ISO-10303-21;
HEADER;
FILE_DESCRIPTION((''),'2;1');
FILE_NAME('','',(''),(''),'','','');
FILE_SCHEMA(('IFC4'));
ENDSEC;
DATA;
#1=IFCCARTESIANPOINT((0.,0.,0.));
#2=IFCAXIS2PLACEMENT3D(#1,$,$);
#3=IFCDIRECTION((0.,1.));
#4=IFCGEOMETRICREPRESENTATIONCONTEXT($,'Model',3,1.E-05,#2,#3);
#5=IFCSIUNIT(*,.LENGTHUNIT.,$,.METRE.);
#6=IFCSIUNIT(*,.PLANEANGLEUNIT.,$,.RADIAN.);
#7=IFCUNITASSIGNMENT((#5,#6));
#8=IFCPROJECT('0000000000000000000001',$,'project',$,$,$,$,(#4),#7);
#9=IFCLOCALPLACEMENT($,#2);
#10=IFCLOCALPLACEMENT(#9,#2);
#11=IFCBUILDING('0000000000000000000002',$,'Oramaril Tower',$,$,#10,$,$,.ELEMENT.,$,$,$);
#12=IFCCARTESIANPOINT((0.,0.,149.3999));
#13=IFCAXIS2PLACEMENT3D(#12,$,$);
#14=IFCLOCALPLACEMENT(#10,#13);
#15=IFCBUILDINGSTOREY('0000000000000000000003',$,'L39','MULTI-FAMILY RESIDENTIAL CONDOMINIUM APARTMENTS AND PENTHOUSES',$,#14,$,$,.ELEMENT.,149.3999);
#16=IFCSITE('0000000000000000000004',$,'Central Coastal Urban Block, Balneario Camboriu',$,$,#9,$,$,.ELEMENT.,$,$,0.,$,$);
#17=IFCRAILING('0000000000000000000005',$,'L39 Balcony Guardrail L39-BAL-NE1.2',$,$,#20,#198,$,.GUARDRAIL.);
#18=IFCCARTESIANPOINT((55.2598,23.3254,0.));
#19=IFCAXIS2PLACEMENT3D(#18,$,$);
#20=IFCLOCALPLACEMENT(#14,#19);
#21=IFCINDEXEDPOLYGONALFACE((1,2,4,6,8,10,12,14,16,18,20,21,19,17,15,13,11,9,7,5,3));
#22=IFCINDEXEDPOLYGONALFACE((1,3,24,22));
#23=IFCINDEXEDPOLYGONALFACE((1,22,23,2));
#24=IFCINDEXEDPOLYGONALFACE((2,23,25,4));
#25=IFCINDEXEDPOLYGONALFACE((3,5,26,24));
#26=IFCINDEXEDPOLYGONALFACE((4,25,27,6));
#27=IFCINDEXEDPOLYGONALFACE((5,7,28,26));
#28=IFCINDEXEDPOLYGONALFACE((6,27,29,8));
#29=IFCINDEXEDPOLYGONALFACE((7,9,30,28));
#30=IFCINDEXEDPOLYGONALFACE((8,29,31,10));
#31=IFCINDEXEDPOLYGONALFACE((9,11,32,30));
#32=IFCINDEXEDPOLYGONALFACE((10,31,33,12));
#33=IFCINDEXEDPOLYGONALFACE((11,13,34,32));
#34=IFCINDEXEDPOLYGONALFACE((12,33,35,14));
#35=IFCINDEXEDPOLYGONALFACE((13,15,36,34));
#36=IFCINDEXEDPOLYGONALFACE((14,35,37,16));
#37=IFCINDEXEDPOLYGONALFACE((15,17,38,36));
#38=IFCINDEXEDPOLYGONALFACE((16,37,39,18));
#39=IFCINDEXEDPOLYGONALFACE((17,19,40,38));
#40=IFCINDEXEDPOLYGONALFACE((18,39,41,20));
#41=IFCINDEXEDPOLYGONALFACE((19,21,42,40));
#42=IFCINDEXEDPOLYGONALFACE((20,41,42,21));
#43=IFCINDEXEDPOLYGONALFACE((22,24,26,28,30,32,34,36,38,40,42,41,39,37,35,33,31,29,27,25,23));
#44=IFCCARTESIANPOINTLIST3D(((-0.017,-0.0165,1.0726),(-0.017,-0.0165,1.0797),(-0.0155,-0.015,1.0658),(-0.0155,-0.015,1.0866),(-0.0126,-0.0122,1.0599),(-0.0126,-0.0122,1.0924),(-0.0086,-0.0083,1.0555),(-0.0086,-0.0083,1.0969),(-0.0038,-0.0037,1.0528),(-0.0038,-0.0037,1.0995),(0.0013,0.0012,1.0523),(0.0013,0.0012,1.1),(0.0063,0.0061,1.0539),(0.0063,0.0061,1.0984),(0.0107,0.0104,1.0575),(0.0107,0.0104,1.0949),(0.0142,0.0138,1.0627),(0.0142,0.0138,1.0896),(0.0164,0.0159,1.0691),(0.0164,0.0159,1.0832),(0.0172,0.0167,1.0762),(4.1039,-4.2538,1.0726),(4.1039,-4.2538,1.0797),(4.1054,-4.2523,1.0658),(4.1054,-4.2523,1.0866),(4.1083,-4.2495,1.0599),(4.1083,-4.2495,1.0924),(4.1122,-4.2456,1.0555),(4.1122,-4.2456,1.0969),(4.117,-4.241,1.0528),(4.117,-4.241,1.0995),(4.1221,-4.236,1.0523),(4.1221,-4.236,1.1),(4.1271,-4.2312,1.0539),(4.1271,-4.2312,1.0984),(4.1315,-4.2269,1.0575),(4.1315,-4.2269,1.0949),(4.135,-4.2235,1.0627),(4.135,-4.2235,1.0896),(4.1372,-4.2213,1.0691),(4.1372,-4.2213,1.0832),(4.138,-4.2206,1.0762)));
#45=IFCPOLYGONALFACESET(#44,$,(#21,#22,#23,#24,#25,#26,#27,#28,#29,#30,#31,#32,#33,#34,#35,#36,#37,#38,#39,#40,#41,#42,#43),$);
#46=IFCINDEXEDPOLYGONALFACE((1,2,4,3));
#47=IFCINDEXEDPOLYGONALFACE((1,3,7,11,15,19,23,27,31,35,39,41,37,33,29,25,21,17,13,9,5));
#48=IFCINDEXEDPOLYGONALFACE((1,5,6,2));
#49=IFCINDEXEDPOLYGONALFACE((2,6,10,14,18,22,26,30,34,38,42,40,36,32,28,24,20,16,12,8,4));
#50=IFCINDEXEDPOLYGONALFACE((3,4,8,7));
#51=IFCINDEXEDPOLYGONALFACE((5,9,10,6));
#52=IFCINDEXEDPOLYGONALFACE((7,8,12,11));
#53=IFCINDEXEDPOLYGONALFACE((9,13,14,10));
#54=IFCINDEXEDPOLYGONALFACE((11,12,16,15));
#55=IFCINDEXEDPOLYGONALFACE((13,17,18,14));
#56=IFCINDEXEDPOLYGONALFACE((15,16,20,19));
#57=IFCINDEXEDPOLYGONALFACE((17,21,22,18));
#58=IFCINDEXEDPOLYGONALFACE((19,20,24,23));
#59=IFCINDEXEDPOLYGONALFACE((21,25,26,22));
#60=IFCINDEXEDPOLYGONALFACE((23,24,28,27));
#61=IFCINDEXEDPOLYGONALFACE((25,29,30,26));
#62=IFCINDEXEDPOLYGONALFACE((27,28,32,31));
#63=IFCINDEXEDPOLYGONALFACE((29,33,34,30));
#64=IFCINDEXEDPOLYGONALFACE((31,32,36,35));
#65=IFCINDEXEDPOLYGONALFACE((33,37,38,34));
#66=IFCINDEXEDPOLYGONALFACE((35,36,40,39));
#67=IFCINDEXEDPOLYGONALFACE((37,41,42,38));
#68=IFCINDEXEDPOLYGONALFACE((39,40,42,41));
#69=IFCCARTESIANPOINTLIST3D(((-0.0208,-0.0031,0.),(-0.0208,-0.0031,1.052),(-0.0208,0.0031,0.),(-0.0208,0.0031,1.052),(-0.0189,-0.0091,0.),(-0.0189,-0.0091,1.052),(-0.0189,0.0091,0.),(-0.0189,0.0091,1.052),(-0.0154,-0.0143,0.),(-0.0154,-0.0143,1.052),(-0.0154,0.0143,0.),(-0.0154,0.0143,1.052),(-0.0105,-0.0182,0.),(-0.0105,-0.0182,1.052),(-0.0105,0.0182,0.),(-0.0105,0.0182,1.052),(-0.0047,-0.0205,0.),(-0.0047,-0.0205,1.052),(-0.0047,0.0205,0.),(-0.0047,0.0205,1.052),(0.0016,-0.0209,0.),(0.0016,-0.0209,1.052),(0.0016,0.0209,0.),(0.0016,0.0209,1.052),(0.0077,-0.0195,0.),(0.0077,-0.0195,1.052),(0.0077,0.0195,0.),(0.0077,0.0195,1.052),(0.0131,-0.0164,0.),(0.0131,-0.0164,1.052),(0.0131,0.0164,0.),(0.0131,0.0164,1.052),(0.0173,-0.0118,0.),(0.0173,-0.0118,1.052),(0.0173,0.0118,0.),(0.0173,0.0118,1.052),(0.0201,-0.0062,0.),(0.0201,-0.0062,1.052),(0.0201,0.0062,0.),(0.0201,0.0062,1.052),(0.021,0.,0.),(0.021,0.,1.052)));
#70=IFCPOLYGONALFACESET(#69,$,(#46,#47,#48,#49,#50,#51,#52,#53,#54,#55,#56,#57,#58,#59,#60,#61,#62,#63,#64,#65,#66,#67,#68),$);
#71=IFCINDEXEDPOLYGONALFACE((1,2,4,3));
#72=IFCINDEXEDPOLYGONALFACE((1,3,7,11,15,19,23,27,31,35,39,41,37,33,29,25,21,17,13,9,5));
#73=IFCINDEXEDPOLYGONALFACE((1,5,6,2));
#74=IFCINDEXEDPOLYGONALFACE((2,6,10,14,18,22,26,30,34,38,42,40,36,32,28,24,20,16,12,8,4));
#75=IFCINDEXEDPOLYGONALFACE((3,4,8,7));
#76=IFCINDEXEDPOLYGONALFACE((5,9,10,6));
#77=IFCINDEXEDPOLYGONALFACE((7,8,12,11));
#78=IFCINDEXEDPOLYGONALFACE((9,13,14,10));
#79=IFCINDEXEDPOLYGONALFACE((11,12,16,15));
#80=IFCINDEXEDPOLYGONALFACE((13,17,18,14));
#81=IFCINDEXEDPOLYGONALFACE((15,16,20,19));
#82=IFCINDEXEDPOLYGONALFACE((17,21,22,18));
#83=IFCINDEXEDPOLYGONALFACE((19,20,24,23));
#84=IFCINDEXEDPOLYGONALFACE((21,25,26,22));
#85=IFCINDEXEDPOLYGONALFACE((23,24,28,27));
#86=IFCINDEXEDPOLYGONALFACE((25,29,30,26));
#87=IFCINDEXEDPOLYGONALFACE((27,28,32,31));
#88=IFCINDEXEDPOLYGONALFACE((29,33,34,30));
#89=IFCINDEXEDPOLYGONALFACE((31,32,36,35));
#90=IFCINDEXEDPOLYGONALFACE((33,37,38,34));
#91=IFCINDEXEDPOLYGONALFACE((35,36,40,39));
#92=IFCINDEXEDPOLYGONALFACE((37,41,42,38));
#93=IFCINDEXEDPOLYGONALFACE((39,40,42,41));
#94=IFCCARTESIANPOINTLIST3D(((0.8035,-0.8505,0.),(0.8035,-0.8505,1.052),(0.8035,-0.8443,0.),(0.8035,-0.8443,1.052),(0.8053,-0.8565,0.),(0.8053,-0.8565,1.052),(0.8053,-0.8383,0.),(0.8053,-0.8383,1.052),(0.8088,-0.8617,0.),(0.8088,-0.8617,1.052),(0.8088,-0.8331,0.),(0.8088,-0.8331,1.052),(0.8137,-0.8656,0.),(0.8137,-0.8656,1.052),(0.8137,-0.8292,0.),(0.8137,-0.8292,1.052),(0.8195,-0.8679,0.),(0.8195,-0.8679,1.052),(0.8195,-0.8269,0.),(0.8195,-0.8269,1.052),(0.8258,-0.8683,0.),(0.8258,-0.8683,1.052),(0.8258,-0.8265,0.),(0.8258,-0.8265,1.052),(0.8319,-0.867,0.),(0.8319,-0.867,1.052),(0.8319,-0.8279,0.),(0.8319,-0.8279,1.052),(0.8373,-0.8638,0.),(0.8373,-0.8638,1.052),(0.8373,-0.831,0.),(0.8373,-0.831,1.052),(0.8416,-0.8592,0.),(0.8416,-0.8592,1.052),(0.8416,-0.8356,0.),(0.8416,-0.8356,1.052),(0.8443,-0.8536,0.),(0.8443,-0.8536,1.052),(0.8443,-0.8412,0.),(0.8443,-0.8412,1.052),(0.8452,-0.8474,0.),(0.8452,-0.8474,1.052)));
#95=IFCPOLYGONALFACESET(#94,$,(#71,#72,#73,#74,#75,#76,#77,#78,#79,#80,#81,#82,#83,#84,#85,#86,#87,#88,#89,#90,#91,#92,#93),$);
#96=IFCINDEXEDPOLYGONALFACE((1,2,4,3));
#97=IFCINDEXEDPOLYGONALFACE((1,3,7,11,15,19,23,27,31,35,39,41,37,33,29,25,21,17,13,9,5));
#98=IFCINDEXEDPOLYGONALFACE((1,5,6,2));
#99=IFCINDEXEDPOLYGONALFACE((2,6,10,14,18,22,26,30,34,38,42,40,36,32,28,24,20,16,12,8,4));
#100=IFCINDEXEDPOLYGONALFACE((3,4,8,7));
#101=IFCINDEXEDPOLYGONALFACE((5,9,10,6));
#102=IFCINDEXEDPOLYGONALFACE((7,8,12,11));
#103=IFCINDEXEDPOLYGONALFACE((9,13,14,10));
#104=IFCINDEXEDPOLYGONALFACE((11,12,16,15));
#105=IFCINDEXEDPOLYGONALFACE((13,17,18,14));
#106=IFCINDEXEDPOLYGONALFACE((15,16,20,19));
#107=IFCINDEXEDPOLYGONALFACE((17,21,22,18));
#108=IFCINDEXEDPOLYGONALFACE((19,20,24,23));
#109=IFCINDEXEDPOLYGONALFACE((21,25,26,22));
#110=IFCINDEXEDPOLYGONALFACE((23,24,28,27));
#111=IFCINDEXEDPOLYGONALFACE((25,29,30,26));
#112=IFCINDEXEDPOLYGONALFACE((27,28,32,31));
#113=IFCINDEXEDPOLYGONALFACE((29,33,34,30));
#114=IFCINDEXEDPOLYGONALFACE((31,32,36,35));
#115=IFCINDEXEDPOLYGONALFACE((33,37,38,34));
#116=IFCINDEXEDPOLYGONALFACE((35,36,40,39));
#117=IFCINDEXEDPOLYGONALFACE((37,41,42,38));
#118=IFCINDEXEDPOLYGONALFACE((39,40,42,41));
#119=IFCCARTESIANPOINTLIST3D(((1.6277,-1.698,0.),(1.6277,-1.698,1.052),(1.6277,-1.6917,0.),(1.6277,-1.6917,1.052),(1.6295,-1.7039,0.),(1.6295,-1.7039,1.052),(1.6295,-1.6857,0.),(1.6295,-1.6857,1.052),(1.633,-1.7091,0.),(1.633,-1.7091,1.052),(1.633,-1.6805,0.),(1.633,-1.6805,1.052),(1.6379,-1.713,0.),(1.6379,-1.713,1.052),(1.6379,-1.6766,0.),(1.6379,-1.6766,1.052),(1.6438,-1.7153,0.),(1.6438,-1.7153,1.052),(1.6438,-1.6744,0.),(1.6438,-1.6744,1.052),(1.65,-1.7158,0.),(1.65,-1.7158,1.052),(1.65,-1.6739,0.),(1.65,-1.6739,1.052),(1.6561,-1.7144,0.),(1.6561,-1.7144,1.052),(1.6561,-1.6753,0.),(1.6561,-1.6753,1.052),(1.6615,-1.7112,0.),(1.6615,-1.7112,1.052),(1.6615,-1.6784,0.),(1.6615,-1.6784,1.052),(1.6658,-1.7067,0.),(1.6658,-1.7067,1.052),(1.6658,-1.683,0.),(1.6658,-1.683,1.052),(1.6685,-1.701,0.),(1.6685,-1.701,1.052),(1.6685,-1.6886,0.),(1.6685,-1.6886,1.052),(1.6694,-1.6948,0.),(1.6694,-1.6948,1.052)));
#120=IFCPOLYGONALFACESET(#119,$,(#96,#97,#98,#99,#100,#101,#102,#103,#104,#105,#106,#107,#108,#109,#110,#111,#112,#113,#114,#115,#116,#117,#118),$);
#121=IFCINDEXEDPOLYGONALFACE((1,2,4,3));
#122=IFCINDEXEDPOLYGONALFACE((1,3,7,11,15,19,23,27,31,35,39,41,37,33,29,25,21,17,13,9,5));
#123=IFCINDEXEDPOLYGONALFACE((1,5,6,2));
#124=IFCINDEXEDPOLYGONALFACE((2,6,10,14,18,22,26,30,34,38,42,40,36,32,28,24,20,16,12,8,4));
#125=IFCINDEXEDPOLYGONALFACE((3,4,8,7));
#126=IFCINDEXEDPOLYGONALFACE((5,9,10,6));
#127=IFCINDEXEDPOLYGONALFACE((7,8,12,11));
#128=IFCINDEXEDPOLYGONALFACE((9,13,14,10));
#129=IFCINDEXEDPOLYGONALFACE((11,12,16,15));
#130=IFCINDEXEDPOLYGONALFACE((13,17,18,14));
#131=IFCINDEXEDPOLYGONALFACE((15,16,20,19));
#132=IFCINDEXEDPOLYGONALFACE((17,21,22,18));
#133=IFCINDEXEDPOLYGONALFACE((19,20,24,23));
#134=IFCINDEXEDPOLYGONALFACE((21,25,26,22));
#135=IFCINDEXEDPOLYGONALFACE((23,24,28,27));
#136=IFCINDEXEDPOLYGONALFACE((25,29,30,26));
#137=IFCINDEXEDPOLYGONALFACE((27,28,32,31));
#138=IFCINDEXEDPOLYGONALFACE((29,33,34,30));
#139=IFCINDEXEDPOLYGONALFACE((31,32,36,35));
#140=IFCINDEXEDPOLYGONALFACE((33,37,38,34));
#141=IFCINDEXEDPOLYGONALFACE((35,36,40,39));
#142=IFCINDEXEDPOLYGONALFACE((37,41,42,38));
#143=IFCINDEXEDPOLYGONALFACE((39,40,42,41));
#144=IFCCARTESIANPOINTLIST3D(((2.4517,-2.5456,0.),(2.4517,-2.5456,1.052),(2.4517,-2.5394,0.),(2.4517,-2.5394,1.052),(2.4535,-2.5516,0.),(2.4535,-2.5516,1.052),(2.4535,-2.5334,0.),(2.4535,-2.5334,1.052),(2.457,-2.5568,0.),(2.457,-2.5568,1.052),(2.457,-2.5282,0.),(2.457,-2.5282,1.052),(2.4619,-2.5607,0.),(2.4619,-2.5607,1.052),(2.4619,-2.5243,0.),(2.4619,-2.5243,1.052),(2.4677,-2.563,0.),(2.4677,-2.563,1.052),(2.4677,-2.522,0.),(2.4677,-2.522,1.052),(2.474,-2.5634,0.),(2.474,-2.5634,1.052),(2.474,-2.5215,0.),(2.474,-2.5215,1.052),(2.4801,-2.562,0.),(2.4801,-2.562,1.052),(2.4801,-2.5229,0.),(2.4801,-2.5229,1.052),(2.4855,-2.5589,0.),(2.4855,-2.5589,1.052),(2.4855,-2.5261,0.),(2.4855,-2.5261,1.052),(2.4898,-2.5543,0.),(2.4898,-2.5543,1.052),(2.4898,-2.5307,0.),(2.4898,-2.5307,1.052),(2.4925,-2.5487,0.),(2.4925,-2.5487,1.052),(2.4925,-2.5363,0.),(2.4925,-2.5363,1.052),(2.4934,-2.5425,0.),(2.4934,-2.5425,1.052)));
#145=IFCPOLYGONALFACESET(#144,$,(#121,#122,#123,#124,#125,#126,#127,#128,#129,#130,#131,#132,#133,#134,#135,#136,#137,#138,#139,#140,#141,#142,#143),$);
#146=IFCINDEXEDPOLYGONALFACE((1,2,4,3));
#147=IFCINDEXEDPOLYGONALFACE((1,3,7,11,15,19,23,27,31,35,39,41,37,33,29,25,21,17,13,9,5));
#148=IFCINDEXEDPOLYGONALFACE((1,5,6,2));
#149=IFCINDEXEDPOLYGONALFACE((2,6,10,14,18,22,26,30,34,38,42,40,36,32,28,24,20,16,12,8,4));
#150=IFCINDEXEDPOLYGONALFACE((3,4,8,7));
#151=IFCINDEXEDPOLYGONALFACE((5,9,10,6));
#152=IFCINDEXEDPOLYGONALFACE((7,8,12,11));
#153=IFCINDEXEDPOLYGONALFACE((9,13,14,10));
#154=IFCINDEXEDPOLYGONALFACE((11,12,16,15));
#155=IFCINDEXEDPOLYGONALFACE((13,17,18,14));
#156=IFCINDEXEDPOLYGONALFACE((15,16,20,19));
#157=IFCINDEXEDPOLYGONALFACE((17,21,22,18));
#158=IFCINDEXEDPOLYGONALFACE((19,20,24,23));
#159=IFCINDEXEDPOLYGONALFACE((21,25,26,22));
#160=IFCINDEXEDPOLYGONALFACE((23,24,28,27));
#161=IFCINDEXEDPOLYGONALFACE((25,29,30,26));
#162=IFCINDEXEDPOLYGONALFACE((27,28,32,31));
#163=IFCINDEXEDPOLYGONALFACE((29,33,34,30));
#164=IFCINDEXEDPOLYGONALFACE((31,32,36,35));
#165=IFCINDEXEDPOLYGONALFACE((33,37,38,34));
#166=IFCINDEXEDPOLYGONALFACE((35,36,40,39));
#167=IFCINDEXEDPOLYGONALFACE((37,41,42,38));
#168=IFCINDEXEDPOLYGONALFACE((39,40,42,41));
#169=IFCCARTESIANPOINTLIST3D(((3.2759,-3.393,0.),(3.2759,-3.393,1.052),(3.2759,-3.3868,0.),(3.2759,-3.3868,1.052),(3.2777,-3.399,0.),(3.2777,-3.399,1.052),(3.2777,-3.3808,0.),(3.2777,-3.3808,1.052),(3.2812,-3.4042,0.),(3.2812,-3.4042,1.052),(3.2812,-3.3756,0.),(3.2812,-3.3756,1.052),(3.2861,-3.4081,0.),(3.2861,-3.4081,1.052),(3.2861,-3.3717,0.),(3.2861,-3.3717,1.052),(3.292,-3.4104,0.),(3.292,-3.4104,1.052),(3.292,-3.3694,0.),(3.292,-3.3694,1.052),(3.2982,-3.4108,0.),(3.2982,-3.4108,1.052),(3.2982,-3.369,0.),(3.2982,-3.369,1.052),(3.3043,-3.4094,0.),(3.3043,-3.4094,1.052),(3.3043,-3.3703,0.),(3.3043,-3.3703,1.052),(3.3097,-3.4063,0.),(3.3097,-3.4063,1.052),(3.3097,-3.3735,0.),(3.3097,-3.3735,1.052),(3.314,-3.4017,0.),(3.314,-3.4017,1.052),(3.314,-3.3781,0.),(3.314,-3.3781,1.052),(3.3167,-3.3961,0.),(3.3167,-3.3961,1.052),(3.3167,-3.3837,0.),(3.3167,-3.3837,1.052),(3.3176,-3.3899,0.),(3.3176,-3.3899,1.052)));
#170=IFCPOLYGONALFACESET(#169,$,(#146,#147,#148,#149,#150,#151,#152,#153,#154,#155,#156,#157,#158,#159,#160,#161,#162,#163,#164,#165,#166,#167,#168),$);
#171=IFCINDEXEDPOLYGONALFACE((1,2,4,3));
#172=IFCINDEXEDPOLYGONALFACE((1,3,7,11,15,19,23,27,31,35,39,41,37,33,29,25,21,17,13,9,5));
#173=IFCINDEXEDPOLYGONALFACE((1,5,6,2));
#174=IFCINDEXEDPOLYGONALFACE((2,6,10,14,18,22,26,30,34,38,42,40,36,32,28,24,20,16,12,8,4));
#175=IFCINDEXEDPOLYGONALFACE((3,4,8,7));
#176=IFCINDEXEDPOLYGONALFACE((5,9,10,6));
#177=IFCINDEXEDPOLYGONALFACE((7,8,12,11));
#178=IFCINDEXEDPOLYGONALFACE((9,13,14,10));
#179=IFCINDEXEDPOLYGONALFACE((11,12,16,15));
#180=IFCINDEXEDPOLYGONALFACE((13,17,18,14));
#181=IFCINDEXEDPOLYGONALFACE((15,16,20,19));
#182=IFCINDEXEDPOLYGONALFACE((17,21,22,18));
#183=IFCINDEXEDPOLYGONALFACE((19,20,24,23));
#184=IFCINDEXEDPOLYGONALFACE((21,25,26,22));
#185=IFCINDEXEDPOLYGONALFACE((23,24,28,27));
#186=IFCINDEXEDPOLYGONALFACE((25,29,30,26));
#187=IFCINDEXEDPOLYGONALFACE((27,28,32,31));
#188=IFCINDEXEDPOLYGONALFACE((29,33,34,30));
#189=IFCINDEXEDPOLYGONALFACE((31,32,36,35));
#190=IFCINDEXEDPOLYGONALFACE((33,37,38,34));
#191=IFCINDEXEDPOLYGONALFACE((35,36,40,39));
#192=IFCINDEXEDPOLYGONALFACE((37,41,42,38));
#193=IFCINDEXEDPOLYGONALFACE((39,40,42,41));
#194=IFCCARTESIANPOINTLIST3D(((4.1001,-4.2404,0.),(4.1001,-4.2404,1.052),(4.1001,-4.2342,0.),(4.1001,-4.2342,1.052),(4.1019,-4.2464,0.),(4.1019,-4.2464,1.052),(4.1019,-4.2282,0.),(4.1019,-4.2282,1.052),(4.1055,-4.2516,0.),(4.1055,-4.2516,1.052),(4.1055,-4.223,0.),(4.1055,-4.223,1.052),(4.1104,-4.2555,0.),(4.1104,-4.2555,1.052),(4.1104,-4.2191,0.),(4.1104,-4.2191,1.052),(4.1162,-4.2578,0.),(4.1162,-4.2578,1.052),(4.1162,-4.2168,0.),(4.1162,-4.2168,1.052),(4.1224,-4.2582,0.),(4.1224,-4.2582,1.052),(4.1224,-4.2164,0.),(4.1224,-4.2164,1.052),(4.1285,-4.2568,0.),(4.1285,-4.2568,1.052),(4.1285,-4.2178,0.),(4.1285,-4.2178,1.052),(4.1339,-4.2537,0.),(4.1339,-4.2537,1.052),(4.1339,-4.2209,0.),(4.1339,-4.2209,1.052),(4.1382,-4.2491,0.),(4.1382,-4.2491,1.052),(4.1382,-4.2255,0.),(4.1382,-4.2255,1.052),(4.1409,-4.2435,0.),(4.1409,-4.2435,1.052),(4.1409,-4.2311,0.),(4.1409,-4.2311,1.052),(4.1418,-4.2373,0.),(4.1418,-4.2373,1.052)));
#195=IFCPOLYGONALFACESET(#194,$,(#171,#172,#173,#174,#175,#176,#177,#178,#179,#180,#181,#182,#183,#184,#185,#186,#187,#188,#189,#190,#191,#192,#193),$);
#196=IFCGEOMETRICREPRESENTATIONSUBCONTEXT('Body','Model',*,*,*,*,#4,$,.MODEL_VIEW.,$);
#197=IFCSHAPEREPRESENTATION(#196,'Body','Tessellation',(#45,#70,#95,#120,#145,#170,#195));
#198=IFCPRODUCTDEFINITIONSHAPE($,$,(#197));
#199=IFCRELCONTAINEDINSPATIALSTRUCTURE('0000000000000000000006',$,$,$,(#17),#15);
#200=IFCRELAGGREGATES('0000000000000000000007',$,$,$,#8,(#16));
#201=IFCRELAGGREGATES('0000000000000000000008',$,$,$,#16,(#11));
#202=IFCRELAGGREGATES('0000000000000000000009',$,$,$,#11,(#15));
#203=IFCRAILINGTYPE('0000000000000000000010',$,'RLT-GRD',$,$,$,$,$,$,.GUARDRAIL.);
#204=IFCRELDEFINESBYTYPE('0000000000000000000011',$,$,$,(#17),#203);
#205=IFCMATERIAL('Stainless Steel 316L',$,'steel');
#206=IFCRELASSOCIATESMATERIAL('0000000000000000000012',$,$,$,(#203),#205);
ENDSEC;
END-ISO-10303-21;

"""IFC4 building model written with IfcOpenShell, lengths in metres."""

from ifc_helpers import new_model, si_unit, direction, frame, origin, origin_2d, place, context, subcontext, project, spatial, circle, extrude, material, type_object, element, save


model = new_model("IFC4")

# Units and contexts
model_context = context("Model", 3, precision=1e-05, world=origin(), true_north=direction((0.0, 1.0)))
body_context = subcontext(model_context, "Body", "Model", "MODEL_VIEW")
ifc_project = project(units=[si_unit("LENGTHUNIT", "METRE"), si_unit("PLANEANGLEUNIT", "RADIAN")], contexts=[model_context])

# Site, building, storey
site_placement = place(None, origin())
site = spatial("IfcSite", under=ifc_project, at=site_placement, Name="Central Coastal Urban Block, Balneario Camboriu", CompositionType="ELEMENT", RefElevation=0.0)
building_placement = place(site_placement, origin())
building = spatial("IfcBuilding", under=site, at=building_placement, Name="Oramaril Tower", CompositionType="ELEMENT")
storey_placement = place(building_placement, frame((0.0, 0.0, 149.3999)))
storey = spatial("IfcBuildingStorey", under=building, at=storey_placement, Name="L39", Description="MULTI-FAMILY RESIDENTIAL CONDOMINIUM APARTMENTS AND PENTHOUSES", CompositionType="ELEMENT", Elevation=149.3999)

# Railing
ifc_material_1 = material(Name="Stainless Steel 316L", Category="steel")
railing_type = type_object("IfcRailingType", Name="RLT-GRD", PredefinedType="GUARDRAIL", material=ifc_material_1)
railing_1_placement = place(storey_placement, frame((55.2598, 23.3254, 0.0)))
element("IfcRailing", 1, at=railing_1_placement, inside=storey, type_object=railing_type, Name="L39 Balcony Guardrail L39-BAL-NE1.2", PredefinedType="GUARDRAIL", context=body_context, shape_type="SweptSolid", body=[
    extrude(circle(Radius=0.0239, at=origin_2d()), frame((0.0, 0.0, 1.0762), z_axis=(0.697187, -0.716889, 0.0), x_axis=(0.716889, 0.697187, 0.0)), (0.0, 0.0, 1.0), 5.9106),
    extrude(circle(Radius=0.021, at=origin_2d()), origin(), (0.0, 0.0, 1.0), 1.052),
    extrude(circle(Radius=0.021, at=origin_2d()), frame((0.8242, -0.8474, 0.0)), (0.0, 0.0, 1.0), 1.052),
    extrude(circle(Radius=0.021, at=origin_2d()), frame((1.6484, -1.6948, 0.0)), (0.0, 0.0, 1.0), 1.052),
    extrude(circle(Radius=0.021, at=origin_2d()), frame((2.4724, -2.5425, 0.0)), (0.0, 0.0, 1.0), 1.052),
    extrude(circle(Radius=0.021, at=origin_2d()), frame((3.2966, -3.3899, 0.0)), (0.0, 0.0, 1.0), 1.052),
    extrude(circle(Radius=0.021, at=origin_2d()), frame((4.1208, -4.2373, 0.0)), (0.0, 0.0, 1.0), 1.052),
])

save(model, "model.ifc")
